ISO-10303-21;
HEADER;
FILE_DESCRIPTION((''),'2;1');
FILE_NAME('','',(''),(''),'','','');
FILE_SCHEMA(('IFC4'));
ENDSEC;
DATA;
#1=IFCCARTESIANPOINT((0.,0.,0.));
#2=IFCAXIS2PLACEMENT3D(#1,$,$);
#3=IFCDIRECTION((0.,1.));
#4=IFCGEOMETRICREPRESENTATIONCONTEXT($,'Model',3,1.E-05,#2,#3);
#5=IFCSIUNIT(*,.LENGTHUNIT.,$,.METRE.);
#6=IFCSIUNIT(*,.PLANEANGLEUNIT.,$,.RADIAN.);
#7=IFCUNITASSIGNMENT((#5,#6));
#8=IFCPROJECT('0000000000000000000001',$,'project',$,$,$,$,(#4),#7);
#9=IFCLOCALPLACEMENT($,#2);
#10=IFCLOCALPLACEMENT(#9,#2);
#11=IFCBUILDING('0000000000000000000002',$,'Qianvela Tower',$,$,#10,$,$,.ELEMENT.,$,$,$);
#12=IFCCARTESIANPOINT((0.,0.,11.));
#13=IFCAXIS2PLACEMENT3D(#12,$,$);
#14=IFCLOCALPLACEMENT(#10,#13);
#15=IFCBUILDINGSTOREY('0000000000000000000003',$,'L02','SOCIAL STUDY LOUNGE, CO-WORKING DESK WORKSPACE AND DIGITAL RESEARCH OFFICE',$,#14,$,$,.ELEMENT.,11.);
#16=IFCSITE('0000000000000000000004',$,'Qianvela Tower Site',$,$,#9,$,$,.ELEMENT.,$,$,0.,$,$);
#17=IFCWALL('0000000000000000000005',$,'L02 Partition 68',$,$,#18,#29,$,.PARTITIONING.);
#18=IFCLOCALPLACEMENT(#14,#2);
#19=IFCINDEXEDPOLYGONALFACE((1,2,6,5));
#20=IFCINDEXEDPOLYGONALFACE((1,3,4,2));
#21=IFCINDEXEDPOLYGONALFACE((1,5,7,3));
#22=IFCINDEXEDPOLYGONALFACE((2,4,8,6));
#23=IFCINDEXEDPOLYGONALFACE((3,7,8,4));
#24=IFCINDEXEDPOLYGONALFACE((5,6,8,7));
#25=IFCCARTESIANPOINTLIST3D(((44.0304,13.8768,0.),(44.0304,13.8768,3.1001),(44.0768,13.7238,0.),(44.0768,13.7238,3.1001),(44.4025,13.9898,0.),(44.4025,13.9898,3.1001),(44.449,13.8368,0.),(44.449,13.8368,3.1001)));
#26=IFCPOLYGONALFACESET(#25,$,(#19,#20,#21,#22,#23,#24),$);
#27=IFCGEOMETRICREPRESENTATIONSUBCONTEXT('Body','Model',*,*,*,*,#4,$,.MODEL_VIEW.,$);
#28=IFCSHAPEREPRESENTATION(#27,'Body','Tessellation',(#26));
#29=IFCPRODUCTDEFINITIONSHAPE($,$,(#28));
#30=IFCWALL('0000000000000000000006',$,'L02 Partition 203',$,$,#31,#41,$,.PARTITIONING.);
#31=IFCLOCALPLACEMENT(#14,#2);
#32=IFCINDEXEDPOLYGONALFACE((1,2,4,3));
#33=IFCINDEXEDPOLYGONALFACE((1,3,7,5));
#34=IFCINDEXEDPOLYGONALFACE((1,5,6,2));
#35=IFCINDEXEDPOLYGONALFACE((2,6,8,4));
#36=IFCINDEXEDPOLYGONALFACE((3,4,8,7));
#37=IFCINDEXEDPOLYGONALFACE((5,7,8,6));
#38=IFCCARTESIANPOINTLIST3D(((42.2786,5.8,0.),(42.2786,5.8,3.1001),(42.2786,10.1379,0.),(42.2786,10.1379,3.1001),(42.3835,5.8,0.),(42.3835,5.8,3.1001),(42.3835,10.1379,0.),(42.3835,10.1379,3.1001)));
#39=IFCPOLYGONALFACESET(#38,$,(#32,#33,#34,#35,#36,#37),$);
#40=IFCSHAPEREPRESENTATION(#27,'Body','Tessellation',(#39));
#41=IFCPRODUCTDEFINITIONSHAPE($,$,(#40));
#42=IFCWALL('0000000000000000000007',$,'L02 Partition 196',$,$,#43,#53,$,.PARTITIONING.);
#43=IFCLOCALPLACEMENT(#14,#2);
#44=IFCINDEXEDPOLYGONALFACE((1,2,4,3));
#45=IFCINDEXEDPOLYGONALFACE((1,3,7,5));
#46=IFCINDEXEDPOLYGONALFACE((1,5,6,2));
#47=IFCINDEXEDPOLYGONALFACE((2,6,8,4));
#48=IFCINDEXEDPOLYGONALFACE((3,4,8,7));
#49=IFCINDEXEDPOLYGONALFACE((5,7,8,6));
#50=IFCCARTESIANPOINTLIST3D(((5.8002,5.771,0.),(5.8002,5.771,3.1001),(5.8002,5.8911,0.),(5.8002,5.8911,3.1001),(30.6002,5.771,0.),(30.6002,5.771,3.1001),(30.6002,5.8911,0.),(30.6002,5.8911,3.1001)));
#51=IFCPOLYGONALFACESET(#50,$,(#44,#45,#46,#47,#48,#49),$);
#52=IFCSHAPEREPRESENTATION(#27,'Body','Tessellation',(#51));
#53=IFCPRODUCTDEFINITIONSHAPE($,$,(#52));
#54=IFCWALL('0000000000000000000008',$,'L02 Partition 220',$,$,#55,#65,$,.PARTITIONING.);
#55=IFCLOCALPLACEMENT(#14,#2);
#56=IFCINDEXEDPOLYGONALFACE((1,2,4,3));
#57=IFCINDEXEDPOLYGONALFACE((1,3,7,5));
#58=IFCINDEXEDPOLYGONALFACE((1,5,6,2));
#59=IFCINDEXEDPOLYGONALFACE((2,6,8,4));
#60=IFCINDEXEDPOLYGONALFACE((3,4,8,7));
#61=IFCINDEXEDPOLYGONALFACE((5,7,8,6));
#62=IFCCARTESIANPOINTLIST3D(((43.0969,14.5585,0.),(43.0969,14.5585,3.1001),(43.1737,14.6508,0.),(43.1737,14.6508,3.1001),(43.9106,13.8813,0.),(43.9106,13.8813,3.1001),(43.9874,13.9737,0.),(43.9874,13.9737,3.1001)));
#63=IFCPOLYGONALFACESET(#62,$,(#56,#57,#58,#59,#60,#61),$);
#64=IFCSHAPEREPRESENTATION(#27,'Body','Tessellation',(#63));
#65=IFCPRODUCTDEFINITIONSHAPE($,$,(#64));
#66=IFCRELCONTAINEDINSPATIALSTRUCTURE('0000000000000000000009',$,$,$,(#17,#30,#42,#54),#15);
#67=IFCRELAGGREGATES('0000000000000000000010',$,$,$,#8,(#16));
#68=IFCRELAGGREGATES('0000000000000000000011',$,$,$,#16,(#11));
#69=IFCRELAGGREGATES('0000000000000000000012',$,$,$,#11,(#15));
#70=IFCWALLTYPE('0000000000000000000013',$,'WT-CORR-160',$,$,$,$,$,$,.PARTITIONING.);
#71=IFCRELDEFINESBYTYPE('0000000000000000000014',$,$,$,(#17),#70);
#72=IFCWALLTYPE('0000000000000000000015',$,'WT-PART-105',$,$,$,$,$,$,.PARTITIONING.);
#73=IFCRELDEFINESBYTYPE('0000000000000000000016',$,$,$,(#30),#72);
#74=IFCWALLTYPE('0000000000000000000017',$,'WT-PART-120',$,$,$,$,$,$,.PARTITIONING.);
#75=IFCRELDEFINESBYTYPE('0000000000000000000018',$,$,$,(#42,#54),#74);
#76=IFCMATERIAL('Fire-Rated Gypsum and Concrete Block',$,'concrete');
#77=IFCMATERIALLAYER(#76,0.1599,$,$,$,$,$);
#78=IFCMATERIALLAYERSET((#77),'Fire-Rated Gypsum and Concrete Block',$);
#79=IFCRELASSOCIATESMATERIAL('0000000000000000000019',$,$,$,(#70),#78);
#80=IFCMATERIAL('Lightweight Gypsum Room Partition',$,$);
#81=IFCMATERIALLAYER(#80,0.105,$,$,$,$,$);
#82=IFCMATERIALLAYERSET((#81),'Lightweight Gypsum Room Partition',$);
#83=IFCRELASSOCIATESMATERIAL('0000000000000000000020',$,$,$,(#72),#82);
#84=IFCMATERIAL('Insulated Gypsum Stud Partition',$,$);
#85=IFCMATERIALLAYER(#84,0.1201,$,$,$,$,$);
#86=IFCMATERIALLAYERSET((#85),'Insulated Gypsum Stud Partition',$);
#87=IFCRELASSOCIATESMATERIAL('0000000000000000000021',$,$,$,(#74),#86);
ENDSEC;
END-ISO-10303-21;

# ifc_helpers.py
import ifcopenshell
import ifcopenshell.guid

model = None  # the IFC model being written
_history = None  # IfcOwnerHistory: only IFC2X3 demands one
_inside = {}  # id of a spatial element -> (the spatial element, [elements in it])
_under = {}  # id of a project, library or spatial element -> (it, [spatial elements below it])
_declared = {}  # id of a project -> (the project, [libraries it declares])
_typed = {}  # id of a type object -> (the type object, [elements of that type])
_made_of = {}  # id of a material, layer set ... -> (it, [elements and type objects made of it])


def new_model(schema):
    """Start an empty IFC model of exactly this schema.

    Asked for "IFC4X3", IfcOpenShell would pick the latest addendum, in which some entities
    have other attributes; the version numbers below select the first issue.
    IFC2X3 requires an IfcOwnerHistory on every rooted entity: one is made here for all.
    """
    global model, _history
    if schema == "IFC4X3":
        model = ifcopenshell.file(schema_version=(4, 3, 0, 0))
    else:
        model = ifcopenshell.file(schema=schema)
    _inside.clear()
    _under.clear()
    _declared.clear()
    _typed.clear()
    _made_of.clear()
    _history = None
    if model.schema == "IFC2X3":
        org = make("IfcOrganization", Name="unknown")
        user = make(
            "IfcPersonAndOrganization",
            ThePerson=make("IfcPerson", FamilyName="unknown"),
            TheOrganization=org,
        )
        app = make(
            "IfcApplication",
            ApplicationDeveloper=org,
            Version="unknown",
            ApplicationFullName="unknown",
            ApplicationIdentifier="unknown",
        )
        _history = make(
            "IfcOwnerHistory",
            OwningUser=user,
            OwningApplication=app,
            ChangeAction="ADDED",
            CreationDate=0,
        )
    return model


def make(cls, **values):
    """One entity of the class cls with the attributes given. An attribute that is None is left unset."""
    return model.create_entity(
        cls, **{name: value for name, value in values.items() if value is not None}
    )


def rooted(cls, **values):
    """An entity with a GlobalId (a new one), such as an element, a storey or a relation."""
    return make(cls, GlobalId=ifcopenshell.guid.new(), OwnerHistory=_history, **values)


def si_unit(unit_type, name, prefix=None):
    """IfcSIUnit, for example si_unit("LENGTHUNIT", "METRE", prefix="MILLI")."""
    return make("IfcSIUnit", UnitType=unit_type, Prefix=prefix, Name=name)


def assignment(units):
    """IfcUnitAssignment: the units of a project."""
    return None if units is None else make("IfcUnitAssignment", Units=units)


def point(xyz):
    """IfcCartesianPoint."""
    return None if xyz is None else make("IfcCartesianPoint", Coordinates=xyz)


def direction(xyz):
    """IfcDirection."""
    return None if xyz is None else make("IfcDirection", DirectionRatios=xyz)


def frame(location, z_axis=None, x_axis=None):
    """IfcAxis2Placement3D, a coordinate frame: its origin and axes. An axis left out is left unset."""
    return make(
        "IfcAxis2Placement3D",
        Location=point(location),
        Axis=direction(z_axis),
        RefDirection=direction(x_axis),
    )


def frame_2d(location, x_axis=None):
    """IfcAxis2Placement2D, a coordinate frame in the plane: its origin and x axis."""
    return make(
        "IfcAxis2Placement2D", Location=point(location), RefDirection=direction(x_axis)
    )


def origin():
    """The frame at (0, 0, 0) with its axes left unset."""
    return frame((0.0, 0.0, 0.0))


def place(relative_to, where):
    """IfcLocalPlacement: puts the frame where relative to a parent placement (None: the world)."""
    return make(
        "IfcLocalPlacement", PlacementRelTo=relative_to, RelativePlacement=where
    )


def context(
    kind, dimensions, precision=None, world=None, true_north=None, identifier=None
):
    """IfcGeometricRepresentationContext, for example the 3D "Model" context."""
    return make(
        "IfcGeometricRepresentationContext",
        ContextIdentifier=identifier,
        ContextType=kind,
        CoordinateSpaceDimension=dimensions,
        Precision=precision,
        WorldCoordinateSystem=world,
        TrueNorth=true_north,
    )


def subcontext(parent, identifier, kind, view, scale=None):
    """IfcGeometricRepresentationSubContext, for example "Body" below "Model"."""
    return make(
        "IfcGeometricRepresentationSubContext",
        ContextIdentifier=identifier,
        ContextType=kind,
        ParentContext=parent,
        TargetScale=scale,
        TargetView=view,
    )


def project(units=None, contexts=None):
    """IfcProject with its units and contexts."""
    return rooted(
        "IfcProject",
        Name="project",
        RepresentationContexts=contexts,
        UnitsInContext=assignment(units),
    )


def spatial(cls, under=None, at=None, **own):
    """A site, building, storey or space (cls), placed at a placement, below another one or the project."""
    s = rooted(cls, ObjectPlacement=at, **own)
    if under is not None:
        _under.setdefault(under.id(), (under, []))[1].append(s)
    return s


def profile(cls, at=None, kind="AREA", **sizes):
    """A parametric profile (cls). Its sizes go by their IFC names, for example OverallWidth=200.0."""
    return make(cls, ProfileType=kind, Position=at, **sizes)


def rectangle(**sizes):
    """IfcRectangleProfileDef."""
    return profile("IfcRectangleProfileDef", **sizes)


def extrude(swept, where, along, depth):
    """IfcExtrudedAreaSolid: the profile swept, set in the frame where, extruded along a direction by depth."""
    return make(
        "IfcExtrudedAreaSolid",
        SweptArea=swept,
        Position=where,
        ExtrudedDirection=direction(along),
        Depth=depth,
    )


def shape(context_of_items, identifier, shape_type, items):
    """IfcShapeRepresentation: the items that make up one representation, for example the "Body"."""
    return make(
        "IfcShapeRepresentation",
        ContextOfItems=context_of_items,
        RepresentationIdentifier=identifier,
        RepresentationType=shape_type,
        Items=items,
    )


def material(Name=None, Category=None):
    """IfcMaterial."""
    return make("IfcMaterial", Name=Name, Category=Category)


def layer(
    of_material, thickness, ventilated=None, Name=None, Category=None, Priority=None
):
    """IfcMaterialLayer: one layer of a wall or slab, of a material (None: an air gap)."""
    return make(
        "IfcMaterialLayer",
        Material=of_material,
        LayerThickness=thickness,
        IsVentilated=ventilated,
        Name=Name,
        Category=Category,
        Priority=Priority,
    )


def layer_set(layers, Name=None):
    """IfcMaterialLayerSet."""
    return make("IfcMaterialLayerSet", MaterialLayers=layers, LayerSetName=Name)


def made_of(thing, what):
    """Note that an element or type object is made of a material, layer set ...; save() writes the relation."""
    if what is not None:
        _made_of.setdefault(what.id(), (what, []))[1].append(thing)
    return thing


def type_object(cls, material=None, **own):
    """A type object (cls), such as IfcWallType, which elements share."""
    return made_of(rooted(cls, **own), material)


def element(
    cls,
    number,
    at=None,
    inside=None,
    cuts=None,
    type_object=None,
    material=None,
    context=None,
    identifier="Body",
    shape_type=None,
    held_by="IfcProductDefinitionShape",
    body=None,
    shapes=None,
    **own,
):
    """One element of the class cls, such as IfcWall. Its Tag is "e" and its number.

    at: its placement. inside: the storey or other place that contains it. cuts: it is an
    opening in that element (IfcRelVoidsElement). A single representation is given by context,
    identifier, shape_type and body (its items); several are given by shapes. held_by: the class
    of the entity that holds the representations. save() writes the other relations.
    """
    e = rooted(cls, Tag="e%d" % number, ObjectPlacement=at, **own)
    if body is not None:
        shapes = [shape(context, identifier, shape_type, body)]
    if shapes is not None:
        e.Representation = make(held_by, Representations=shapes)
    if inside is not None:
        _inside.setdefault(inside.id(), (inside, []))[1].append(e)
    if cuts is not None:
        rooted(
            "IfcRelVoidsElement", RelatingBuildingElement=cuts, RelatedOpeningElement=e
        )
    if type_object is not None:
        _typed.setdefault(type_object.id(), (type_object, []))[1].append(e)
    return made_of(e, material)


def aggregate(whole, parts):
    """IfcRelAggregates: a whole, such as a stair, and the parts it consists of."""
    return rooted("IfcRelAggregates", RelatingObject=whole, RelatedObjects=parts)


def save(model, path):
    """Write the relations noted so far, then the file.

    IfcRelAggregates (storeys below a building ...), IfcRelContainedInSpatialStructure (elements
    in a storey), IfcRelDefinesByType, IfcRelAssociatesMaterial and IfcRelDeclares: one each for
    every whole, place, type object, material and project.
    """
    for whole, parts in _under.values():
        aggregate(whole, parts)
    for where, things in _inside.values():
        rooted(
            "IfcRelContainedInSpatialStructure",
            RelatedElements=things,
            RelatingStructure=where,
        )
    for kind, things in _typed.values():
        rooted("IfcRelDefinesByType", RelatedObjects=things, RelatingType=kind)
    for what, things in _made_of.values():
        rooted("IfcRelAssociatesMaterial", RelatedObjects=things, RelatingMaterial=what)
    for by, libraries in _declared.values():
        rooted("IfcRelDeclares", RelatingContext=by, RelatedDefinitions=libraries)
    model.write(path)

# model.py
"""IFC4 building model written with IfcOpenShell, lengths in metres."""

from ifc_helpers import new_model, si_unit, direction, frame, frame_2d, origin, place, context, subcontext, project, spatial, rectangle, extrude, material, layer, layer_set, type_object, element, save


model = new_model("IFC4")

# Units and contexts
model_context = context("Model", 3, precision=1e-05, world=origin(), true_north=direction((0.0, 1.0)))
body_context = subcontext(model_context, "Body", "Model", "MODEL_VIEW")
ifc_project = project(units=[si_unit("LENGTHUNIT", "METRE"), si_unit("PLANEANGLEUNIT", "RADIAN")], contexts=[model_context])

# Site, building, storey
site_placement = place(None, origin())
site = spatial("IfcSite", under=ifc_project, at=site_placement, Name="Qianvela Tower Site", CompositionType="ELEMENT", RefElevation=0.0)
building_placement = place(site_placement, origin())
building = spatial("IfcBuilding", under=site, at=building_placement, Name="Qianvela Tower", CompositionType="ELEMENT")
storey_placement = place(building_placement, frame((0.0, 0.0, 11.0)))
storey = spatial("IfcBuildingStorey", under=building, at=storey_placement, Name="L02", Description="SOCIAL STUDY LOUNGE, CO-WORKING DESK WORKSPACE AND DIGITAL RESEARCH OFFICE", CompositionType="ELEMENT", Elevation=11.0)

# Walls
ifc_material_1 = material(Name="Fire-Rated Gypsum and Concrete Block", Category="concrete")
ifc_layer_1 = layer(ifc_material_1, 0.1599)
ifc_layer_set_1 = layer_set([ifc_layer_1], Name="Fire-Rated Gypsum and Concrete Block")
wall_type_1 = type_object("IfcWallType", Name="WT-CORR-160", PredefinedType="PARTITIONING", material=ifc_layer_set_1)
wall_1_placement = place(storey_placement, frame((44.0537, 13.8003, 0.0), z_axis=(0.0, 0.0, 1.0), x_axis=(0.956818, 0.290687, 0.0)))
element("IfcWall", 1, at=wall_1_placement, inside=storey, type_object=wall_type_1, Name="L02 Partition 68", PredefinedType="PARTITIONING", context=body_context, shape_type="SweptSolid", body=[
    extrude(rectangle(XDim=0.3889, YDim=0.1599, at=frame_2d((0.1943, 0.0))), origin(), (0.0, 0.0, 1.0), 3.1001),
])
ifc_material_2 = material(Name="Lightweight Gypsum Room Partition")
ifc_layer_2 = layer(ifc_material_2, 0.105)
ifc_layer_set_2 = layer_set([ifc_layer_2], Name="Lightweight Gypsum Room Partition")
wall_type_2 = type_object("IfcWallType", Name="WT-PART-105", PredefinedType="PARTITIONING", material=ifc_layer_set_2)
wall_2_placement = place(storey_placement, frame((42.3311, 5.8, 0.0), z_axis=(0.0, 0.0, 1.0), x_axis=(0.0, 1.0, 0.0)))
element("IfcWall", 2, at=wall_2_placement, inside=storey, type_object=wall_type_2, Name="L02 Partition 203", PredefinedType="PARTITIONING", context=body_context, shape_type="SweptSolid", body=[
    extrude(rectangle(XDim=4.3379, YDim=0.105, at=frame_2d((2.1689, 0.0))), origin(), (0.0, 0.0, 1.0), 3.1001),
])
ifc_material_3 = material(Name="Insulated Gypsum Stud Partition")
ifc_layer_3 = layer(ifc_material_3, 0.1201)
ifc_layer_set_3 = layer_set([ifc_layer_3], Name="Insulated Gypsum Stud Partition")
wall_type_3 = type_object("IfcWallType", Name="WT-PART-120", PredefinedType="PARTITIONING", material=ifc_layer_set_3)
wall_3_placement = place(storey_placement, frame((30.6001, 5.8311, 0.0), z_axis=(0.0, 0.0, 1.0), x_axis=(-1.0, 0.0, 0.0)))
element("IfcWall", 3, at=wall_3_placement, inside=storey, type_object=wall_type_3, Name="L02 Partition 196", PredefinedType="PARTITIONING", context=body_context, shape_type="SweptSolid", body=[
    extrude(rectangle(XDim=24.8, YDim=0.1201, at=frame_2d((12.3999, 0.0))), origin(), (0.0, 0.0, 1.0), 3.1001),
])
wall_4_placement = place(storey_placement, frame((43.949, 13.9275, 0.0), z_axis=(0.0, 0.0, 1.0), x_axis=(-0.768618, 0.639708, 0.0)))
element("IfcWall", 4, at=wall_4_placement, inside=storey, type_object=wall_type_3, Name="L02 Partition 220", PredefinedType="PARTITIONING", context=body_context, shape_type="SweptSolid", body=[
    extrude(rectangle(XDim=1.0586, YDim=0.1201, at=frame_2d((0.5293, 0.0))), origin(), (0.0, 0.0, 1.0), 3.1001),
])

save(model, "model.ifc")
